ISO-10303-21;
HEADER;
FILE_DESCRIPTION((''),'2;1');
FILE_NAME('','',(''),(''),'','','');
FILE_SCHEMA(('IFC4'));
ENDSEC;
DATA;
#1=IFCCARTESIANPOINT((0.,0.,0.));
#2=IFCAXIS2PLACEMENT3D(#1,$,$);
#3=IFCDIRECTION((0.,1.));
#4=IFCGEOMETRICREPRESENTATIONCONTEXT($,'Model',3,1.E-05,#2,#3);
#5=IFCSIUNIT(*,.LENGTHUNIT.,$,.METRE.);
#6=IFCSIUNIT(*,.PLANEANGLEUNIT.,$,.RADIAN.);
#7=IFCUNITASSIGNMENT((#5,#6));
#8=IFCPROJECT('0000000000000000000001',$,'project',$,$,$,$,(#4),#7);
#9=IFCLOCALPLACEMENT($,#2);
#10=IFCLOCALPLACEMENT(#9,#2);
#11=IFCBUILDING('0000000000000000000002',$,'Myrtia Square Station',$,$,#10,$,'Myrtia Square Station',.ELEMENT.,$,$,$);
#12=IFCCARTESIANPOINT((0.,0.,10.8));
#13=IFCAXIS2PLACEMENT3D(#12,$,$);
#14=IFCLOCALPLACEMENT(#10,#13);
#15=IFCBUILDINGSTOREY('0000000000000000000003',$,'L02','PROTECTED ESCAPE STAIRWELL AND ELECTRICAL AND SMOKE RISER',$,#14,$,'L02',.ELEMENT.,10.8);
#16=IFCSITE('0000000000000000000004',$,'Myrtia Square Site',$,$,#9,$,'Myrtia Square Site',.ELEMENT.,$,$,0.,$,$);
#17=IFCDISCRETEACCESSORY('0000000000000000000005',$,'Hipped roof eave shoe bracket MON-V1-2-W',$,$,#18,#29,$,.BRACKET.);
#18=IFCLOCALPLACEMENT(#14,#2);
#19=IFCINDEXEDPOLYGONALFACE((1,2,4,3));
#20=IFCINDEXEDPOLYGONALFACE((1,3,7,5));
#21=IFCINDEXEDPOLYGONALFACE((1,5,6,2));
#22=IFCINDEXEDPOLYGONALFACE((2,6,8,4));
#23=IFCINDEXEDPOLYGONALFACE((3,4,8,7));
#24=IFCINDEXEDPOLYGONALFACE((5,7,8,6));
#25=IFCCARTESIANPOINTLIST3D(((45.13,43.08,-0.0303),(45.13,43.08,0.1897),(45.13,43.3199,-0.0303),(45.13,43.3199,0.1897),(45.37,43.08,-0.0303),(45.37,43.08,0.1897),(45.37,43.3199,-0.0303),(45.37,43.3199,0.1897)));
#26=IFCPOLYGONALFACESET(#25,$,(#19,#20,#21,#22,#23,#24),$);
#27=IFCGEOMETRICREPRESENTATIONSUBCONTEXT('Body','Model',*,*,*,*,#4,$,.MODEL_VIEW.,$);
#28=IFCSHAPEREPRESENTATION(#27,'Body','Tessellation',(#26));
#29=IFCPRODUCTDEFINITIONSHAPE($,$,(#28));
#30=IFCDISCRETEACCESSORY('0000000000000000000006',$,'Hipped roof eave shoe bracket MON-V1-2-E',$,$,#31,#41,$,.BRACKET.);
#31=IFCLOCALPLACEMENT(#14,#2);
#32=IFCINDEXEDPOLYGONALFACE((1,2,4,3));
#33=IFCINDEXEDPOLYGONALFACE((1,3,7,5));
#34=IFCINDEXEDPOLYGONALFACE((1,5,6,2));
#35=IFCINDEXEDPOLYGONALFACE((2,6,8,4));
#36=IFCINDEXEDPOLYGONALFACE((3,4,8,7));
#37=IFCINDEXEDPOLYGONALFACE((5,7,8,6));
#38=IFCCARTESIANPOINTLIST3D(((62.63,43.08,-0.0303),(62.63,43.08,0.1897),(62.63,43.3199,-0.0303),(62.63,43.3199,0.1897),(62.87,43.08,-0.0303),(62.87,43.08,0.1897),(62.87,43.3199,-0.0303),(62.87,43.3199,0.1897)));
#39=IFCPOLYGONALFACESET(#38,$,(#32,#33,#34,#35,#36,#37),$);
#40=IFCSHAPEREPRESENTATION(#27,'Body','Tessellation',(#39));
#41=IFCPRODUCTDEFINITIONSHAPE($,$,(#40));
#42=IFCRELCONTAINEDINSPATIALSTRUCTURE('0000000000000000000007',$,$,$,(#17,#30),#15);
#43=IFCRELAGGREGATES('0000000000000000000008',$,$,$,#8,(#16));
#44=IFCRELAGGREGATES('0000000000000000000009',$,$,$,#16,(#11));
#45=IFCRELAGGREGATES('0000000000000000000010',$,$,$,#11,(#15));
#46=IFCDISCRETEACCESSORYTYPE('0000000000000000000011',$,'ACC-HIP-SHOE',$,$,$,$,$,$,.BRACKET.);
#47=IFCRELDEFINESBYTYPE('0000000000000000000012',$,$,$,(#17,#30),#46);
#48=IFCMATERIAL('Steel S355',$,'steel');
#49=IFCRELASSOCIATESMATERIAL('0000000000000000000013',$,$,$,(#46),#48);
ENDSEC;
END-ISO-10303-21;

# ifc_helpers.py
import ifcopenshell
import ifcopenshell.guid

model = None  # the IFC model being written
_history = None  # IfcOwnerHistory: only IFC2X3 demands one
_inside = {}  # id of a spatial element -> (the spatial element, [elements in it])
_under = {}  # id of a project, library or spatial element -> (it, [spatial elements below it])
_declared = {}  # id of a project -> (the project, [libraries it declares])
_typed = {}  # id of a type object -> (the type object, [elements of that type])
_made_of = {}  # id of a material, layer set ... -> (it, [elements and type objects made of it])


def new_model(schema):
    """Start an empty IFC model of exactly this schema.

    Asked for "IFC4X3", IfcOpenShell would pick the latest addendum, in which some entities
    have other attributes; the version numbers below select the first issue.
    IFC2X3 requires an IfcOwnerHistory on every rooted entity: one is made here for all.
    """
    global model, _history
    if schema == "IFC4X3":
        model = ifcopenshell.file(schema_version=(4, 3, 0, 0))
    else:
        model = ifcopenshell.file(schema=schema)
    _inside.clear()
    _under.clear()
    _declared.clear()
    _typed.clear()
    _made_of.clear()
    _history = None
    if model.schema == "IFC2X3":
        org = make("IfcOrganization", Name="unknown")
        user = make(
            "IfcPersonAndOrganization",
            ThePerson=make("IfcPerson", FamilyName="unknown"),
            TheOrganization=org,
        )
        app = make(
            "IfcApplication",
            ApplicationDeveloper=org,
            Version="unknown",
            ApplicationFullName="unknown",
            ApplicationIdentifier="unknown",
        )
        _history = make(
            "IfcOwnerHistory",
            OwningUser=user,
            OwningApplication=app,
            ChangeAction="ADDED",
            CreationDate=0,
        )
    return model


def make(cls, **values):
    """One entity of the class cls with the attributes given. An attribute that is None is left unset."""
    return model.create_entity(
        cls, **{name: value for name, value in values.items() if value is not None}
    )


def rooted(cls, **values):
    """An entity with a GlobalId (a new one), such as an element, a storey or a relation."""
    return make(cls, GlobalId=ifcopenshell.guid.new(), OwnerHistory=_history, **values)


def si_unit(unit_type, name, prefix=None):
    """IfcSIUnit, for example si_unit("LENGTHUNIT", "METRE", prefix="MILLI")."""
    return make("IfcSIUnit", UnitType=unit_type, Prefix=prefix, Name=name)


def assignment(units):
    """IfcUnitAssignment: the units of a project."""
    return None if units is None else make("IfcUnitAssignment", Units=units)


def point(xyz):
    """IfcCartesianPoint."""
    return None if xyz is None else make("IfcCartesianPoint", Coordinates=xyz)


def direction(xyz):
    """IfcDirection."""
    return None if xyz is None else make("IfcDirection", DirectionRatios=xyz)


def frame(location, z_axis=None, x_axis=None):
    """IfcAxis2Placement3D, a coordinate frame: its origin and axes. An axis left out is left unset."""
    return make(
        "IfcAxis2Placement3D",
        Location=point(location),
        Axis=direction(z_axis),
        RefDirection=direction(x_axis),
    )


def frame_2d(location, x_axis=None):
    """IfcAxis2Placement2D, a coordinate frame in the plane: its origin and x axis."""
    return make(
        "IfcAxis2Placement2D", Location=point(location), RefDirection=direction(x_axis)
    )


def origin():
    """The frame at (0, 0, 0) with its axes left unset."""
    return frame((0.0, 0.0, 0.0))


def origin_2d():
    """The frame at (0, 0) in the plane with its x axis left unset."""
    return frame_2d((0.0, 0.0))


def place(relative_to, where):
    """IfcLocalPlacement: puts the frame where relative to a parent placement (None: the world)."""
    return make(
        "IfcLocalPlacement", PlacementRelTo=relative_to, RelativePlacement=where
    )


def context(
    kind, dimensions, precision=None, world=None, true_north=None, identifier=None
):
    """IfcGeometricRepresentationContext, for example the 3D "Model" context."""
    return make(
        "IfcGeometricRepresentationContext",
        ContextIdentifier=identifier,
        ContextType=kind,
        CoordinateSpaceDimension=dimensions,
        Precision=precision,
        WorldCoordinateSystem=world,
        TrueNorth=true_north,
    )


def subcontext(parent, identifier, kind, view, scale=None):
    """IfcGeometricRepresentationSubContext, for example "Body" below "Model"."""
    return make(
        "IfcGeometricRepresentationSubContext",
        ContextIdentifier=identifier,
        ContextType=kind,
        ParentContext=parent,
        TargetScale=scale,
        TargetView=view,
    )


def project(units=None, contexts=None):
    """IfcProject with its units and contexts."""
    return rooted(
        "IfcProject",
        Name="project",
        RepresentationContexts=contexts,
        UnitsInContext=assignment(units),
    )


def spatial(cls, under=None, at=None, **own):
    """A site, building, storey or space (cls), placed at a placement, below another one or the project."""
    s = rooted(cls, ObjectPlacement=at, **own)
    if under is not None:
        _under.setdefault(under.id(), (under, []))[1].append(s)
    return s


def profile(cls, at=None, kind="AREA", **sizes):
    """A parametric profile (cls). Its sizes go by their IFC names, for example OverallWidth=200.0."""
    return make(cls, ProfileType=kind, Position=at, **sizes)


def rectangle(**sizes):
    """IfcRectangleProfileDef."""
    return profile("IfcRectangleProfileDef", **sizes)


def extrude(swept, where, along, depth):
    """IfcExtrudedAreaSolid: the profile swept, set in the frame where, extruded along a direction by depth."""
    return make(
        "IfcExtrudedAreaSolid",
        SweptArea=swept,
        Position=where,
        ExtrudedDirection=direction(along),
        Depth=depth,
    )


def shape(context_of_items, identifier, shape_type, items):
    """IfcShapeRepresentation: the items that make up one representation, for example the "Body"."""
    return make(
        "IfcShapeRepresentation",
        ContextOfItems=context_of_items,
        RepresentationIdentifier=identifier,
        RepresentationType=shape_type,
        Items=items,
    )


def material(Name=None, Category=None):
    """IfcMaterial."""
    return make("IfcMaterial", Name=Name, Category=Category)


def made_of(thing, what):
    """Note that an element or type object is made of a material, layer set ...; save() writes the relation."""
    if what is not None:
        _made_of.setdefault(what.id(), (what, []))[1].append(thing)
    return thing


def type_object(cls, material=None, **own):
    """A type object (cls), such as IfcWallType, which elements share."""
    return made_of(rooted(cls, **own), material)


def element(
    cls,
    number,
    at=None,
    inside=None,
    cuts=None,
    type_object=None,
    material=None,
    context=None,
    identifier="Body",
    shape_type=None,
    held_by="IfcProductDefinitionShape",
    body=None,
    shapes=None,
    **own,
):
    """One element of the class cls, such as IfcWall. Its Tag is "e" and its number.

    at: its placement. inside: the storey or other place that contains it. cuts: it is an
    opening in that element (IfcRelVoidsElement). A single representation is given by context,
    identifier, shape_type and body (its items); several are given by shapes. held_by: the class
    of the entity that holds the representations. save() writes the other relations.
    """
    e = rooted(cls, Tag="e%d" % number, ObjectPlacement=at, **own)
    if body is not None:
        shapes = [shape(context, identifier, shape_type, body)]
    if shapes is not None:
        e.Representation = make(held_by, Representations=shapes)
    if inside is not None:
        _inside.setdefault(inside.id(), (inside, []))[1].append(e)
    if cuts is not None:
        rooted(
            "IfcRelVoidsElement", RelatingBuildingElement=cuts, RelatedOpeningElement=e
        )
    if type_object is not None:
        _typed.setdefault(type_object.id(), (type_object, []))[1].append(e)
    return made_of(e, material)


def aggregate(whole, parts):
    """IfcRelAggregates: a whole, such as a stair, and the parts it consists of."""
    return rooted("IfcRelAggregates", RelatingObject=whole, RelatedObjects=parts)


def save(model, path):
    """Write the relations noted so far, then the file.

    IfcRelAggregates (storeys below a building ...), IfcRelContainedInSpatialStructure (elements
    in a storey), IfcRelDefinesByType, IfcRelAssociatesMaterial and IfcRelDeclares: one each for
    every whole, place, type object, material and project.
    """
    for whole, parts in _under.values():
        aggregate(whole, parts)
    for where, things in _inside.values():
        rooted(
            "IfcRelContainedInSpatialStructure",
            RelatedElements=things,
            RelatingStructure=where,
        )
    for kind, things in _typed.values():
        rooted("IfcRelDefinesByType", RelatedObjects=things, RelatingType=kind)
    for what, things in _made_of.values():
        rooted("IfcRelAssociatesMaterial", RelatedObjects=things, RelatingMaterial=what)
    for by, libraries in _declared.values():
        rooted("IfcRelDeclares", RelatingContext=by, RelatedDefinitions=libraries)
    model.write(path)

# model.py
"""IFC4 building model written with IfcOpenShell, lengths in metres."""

from ifc_helpers import new_model, si_unit, direction, frame, origin, origin_2d, place, context, subcontext, project, spatial, rectangle, extrude, material, type_object, element, save


model = new_model("IFC4")

# Units and contexts
model_context = context("Model", 3, precision=1e-05, world=origin(), true_north=direction((0.0, 1.0)))
body_context = subcontext(model_context, "Body", "Model", "MODEL_VIEW")
ifc_project = project(units=[si_unit("LENGTHUNIT", "METRE"), si_unit("PLANEANGLEUNIT", "RADIAN")], contexts=[model_context])

# Site, building, storey
site_placement = place(None, origin())
site = spatial("IfcSite", under=ifc_project, at=site_placement, Name="Myrtia Square Site", LongName="Myrtia Square Site", CompositionType="ELEMENT", RefElevation=0.0)
building_placement = place(site_placement, origin())
building = spatial("IfcBuilding", under=site, at=building_placement, Name="Myrtia Square Station", LongName="Myrtia Square Station", CompositionType="ELEMENT")
storey_placement = place(building_placement, frame((0.0, 0.0, 10.8)))
storey = spatial("IfcBuildingStorey", under=building, at=storey_placement, Name="L02", Description="PROTECTED ESCAPE STAIRWELL AND ELECTRICAL AND SMOKE RISER", LongName="L02", CompositionType="ELEMENT", Elevation=10.8)

# Shared definitions
ifc_material_1 = material(Name="Steel S355", Category="steel")

# Discrete accessories
discrete_accessory_type = type_object("IfcDiscreteAccessoryType", Name="ACC-HIP-SHOE", PredefinedType="BRACKET", material=ifc_material_1)
for number, where, z_axis, x_axis, name in (
    (1, (45.25, 43.2, -0.0303), (0.0, 0.0, 1.0), (1.0, 0.0, 0.0), "Hipped roof eave shoe bracket MON-V1-2-W"),
    (2, (62.75, 43.2, -0.0303), (0.0, 0.0, 1.0), (1.0, 0.0, 0.0), "Hipped roof eave shoe bracket MON-V1-2-E"),
):
    element("IfcDiscreteAccessory", number, at=place(storey_placement, frame(where, z_axis=z_axis, x_axis=x_axis)), inside=storey, type_object=discrete_accessory_type, Name=name, PredefinedType="BRACKET", context=body_context, shape_type="SweptSolid", body=[
        extrude(rectangle(XDim=0.24, YDim=0.24, at=origin_2d()), origin(), (0.0, 0.0, 1.0), 0.22),
    ])

save(model, "model.ifc")
